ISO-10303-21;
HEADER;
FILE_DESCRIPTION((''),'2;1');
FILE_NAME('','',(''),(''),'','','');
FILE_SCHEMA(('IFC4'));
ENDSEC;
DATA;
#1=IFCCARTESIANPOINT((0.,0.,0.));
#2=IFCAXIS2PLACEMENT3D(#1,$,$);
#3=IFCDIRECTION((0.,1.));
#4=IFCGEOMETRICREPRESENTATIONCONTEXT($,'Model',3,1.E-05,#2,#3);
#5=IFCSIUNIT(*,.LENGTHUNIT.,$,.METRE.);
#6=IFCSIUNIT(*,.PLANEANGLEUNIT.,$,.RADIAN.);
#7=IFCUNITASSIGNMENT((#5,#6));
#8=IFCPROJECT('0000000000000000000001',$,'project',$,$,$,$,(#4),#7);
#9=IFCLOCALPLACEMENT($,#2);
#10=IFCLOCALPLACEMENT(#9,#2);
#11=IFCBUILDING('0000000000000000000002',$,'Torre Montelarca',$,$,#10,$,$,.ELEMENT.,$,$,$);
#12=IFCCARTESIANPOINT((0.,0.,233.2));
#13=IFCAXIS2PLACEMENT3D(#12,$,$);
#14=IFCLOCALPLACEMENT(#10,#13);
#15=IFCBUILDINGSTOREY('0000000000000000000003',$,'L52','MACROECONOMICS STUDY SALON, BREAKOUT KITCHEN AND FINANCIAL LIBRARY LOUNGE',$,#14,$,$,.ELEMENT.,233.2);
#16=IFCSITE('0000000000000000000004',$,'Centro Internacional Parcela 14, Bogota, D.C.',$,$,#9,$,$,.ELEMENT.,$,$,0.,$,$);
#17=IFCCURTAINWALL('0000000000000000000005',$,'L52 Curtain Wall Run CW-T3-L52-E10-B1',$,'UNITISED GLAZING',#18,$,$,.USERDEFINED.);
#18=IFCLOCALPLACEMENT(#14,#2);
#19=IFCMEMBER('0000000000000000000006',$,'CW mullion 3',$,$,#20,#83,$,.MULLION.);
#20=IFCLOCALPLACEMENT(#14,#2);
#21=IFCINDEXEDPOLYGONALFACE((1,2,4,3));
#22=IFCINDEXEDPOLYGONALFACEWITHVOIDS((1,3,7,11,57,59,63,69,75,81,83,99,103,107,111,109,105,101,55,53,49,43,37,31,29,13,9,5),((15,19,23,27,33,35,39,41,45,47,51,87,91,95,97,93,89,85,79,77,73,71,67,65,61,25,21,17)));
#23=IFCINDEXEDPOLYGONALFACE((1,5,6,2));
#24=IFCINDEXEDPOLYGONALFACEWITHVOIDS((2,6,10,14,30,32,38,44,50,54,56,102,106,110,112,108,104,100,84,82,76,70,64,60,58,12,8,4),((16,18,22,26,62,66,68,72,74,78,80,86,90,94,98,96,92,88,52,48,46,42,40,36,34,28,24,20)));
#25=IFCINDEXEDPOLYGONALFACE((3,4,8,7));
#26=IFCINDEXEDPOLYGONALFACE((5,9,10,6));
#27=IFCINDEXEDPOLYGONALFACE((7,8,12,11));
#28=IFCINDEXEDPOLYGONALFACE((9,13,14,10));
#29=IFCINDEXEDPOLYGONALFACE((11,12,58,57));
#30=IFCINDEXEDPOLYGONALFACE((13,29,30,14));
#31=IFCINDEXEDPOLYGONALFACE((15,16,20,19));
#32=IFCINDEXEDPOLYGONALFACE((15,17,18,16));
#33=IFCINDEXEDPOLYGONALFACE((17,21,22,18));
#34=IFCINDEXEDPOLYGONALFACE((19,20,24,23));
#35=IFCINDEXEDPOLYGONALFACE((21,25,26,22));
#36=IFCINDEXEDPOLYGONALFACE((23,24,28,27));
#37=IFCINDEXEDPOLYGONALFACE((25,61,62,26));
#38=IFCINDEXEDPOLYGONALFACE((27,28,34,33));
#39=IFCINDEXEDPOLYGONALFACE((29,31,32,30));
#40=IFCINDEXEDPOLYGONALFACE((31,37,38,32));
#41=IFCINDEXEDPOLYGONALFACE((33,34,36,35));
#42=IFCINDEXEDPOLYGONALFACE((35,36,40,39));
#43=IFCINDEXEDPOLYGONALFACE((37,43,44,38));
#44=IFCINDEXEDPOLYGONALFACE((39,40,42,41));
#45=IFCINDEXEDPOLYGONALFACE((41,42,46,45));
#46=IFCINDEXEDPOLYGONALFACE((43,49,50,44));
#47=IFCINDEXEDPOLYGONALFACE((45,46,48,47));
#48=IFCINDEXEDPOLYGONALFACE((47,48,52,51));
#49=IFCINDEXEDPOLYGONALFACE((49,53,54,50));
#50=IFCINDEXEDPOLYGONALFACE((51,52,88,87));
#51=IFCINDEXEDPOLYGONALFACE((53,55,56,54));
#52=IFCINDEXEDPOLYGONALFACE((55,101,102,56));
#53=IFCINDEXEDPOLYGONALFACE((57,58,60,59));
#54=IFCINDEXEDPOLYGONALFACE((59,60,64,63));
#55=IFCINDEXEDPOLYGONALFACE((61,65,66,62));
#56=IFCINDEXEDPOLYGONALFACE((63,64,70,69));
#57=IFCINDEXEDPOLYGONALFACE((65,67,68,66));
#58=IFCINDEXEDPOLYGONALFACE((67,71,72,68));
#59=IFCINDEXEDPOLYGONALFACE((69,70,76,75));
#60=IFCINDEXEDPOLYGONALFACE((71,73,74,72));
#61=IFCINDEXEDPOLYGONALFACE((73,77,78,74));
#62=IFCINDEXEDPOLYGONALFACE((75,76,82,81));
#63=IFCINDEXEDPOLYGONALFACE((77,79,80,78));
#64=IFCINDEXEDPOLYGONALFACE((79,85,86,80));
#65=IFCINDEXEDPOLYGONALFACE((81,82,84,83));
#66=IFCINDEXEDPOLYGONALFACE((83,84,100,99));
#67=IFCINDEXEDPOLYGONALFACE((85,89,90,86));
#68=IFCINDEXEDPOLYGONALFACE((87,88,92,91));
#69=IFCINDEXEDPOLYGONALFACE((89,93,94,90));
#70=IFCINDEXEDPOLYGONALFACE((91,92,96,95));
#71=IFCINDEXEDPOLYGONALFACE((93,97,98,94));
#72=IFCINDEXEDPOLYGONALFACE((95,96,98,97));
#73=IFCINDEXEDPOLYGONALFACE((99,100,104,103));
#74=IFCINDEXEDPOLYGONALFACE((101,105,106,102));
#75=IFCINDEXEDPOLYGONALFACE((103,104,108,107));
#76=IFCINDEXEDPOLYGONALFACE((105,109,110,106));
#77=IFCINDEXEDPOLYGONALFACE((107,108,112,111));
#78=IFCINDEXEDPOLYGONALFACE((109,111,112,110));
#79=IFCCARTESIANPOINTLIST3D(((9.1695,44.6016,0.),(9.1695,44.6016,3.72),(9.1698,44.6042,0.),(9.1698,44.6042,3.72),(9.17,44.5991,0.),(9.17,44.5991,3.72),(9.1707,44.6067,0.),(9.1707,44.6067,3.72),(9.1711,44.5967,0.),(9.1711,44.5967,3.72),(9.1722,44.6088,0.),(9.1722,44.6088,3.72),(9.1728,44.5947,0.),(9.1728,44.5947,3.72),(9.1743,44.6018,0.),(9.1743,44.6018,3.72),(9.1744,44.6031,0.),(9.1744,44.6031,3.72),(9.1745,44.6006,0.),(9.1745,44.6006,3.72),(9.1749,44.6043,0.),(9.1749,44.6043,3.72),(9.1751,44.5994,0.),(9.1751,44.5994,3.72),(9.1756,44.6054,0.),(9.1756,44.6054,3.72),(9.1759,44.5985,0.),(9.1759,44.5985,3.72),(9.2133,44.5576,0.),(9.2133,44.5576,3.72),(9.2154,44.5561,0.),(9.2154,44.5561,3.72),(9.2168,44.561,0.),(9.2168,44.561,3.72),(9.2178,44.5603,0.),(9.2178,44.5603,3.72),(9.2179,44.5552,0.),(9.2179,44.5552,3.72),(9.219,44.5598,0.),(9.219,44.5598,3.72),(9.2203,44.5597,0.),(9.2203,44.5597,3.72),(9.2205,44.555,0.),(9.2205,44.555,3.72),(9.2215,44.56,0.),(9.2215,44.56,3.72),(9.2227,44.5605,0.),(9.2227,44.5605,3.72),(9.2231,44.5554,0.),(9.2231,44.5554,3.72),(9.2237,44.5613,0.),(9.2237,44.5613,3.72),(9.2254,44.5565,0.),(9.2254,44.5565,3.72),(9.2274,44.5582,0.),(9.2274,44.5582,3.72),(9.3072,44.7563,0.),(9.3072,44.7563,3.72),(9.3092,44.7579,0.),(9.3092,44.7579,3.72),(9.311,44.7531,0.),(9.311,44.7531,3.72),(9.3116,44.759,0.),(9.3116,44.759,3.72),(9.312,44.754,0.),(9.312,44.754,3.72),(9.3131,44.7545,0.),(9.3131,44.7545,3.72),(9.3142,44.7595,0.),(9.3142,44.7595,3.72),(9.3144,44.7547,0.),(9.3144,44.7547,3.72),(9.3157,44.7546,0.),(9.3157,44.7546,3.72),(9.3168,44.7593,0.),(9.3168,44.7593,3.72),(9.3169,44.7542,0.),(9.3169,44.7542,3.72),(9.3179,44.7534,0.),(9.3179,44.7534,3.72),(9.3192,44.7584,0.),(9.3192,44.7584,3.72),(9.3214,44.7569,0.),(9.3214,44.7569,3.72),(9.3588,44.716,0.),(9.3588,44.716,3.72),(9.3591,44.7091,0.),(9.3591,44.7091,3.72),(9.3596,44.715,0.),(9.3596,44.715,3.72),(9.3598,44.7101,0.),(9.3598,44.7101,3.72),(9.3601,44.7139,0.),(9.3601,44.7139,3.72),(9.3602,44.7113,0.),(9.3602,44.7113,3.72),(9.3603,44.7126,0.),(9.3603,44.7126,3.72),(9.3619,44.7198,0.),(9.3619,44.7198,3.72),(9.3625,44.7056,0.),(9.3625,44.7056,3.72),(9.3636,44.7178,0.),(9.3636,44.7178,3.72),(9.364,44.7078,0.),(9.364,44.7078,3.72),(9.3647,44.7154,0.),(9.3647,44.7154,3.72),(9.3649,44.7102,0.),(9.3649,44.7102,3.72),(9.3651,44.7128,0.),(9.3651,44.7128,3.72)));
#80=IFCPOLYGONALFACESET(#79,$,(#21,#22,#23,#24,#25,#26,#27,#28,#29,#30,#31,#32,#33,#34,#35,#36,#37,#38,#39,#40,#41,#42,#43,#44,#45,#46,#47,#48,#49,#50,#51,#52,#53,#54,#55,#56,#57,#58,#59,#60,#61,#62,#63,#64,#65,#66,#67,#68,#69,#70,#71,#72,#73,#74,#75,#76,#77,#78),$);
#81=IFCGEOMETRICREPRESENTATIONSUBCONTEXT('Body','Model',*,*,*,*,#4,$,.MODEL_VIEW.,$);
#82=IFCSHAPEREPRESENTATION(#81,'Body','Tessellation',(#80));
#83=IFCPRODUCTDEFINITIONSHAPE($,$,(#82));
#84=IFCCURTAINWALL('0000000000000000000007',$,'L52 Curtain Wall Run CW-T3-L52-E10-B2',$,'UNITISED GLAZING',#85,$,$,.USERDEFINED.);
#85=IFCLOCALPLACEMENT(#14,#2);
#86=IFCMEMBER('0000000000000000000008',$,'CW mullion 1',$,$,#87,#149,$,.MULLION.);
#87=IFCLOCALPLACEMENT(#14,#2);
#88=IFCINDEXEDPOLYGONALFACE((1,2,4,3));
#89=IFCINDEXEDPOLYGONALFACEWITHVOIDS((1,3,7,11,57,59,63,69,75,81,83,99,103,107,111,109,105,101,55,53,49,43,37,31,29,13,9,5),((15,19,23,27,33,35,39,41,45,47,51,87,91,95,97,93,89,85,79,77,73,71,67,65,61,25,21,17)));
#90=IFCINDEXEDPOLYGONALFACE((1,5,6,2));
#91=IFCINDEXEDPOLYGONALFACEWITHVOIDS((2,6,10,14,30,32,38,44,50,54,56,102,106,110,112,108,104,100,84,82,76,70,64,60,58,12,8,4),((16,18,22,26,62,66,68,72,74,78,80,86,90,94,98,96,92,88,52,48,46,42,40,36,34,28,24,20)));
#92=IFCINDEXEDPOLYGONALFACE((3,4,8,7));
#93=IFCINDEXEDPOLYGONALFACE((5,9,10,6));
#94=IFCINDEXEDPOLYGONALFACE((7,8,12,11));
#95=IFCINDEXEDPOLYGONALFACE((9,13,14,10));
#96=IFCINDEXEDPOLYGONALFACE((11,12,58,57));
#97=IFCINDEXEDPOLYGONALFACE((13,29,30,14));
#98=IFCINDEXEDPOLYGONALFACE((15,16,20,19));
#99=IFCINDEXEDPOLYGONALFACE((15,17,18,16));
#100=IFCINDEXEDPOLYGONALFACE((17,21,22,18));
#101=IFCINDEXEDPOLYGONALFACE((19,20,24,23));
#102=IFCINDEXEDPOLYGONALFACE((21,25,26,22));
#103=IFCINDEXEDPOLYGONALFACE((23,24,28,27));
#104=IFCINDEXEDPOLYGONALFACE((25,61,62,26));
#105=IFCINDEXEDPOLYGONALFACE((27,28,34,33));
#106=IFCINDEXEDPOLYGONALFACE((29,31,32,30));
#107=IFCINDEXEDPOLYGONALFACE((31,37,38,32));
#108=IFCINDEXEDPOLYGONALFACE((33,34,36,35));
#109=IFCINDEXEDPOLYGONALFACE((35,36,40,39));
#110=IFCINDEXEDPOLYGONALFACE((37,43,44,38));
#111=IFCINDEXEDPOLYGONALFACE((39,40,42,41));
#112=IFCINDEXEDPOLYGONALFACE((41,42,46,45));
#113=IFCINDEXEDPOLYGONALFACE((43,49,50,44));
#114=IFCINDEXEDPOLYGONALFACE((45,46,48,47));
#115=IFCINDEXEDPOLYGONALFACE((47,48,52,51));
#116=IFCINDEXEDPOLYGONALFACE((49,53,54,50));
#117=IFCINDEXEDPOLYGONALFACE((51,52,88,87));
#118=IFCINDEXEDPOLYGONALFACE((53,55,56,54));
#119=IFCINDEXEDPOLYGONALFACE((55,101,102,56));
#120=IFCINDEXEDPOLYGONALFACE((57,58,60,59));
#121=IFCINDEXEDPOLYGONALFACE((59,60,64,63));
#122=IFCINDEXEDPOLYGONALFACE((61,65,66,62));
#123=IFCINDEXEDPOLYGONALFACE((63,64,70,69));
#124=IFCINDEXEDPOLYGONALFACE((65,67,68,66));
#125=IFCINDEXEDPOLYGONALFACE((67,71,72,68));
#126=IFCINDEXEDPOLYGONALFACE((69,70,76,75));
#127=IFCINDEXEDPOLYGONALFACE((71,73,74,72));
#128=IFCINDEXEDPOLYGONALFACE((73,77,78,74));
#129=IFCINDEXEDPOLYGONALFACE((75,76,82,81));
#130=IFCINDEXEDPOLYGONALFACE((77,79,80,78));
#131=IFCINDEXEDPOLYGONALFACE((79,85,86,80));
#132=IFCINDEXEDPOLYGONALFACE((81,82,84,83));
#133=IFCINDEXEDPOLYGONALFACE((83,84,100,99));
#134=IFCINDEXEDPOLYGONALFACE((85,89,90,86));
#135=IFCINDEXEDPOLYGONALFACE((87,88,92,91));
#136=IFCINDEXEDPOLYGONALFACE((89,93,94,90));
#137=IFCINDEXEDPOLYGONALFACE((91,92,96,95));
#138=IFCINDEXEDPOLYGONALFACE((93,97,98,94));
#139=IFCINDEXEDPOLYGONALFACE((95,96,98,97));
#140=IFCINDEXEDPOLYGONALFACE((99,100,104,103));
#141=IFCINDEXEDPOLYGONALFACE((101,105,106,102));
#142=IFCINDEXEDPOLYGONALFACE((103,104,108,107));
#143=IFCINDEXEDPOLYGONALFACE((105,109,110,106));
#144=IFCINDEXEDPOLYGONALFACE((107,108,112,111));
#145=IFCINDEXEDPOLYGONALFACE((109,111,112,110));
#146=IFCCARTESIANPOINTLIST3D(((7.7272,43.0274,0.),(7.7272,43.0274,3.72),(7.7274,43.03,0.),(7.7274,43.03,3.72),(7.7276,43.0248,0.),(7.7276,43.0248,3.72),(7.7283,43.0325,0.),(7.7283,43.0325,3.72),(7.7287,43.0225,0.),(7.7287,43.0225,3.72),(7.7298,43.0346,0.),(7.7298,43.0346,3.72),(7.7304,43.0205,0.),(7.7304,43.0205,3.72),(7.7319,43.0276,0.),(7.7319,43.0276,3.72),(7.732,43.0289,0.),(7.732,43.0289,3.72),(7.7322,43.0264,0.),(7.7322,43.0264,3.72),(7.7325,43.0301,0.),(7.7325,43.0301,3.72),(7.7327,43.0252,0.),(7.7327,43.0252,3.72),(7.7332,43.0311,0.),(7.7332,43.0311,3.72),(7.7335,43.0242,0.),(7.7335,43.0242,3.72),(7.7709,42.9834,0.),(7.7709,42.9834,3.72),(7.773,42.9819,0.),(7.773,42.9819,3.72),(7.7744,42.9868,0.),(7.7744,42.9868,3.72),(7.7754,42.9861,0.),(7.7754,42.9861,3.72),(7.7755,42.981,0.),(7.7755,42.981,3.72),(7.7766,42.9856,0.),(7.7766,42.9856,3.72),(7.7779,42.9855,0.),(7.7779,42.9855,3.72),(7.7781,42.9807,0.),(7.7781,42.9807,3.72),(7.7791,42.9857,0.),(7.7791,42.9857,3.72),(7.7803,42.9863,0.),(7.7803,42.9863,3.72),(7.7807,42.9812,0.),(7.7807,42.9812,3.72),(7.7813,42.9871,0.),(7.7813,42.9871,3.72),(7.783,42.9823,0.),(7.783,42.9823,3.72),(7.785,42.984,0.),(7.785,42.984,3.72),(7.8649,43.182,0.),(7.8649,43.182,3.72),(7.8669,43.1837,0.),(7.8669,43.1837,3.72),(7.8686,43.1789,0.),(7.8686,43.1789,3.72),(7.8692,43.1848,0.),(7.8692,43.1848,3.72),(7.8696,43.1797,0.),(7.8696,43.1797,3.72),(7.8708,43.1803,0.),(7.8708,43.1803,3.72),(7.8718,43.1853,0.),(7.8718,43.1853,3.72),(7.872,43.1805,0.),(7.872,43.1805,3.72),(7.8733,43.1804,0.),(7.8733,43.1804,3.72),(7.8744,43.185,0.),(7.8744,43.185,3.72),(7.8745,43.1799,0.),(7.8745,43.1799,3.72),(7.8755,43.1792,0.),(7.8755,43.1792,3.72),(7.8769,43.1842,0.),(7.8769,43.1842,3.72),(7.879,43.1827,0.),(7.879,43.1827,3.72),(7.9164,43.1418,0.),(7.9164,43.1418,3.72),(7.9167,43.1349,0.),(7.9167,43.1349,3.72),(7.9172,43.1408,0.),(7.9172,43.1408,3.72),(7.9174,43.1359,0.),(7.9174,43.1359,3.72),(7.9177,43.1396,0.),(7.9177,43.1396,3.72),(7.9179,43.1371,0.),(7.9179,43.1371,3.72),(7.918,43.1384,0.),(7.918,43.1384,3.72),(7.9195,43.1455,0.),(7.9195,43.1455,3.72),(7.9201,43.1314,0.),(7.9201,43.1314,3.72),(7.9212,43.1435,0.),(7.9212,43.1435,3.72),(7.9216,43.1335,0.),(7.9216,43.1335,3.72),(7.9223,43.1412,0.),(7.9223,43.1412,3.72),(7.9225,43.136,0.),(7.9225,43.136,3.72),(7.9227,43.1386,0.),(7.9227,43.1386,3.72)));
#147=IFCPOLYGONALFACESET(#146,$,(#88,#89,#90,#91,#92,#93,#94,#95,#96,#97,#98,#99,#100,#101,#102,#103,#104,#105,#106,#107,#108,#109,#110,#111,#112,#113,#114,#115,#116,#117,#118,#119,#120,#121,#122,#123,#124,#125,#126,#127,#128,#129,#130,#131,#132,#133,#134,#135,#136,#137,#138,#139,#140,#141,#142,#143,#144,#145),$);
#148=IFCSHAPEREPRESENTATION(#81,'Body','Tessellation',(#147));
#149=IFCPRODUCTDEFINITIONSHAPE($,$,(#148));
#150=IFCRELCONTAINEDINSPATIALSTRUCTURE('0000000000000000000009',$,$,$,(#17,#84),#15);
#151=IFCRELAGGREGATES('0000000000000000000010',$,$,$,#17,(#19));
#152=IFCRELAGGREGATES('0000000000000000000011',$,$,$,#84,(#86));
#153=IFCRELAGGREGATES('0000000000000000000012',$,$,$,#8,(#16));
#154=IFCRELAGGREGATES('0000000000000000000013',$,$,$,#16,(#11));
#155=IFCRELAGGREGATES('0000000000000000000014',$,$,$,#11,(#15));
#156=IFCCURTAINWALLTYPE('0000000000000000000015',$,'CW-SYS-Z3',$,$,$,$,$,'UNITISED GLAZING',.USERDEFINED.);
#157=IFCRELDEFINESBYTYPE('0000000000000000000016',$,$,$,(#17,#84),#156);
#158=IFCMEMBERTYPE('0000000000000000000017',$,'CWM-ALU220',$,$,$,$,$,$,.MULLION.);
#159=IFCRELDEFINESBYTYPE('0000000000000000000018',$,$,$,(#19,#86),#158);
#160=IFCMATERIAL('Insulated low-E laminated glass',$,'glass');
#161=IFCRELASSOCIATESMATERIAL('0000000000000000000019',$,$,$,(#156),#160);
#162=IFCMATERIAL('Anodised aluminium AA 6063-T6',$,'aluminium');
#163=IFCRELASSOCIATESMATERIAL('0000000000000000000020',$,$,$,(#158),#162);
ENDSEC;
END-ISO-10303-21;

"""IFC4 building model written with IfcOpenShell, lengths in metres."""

from ifc_helpers import new_model, si_unit, direction, frame, origin, origin_2d, place, context, subcontext, project, spatial, hollow_rectangle, extrude, source, transform, mapped, material, material_profile, profile_set, type_object, element, aggregate, save


model = new_model("IFC4")

# Units and contexts
model_context = context("Model", 3, precision=1e-05, world=origin(), true_north=direction((0.0, 1.0)))
body_context = subcontext(model_context, "Body", "Model", "MODEL_VIEW")
ifc_project = project(units=[si_unit("LENGTHUNIT", "METRE"), si_unit("PLANEANGLEUNIT", "RADIAN")], contexts=[model_context])

# Site, building, storey
site_placement = place(None, origin())
site = spatial("IfcSite", under=ifc_project, at=site_placement, Name="Centro Internacional Parcela 14, Bogota, D.C.", CompositionType="ELEMENT", RefElevation=0.0)
building_placement = place(site_placement, origin())
building = spatial("IfcBuilding", under=site, at=building_placement, Name="Torre Montelarca", CompositionType="ELEMENT")
storey_placement = place(building_placement, frame((0.0, 0.0, 233.2)))
storey = spatial("IfcBuildingStorey", under=building, at=storey_placement, Name="L52", Description="MACROECONOMICS STUDY SALON, BREAKOUT KITCHEN AND FINANCIAL LIBRARY LOUNGE", CompositionType="ELEMENT", Elevation=233.2)

# Shared definitions
ifc_material_1 = material(Name="Insulated low-E laminated glass", Category="glass")
curtain_wall_type = type_object("IfcCurtainWallType", Name="CW-SYS-Z3", ElementType="UNITISED GLAZING", PredefinedType="USERDEFINED", material=ifc_material_1)
ifc_material_2 = material(Name="Anodised aluminium AA 6063-T6", Category="aluminium")
ifc_material_profile_1 = material_profile(ifc_material_2, hollow_rectangle(XDim=0.075, YDim=0.22, WallThickness=0.0049, InnerFilletRadius=0.0049, OuterFilletRadius=0.01, at=origin_2d()), Name="ALU75X220X5", Category="aluminium")
ifc_profile_set_1 = profile_set([ifc_material_profile_1], Name="Anodised aluminium AA 6063-T6")
member_type_1 = type_object("IfcMemberType", Name="CWM-ALU220", PredefinedType="MULLION", material=ifc_profile_set_1)
shared_shape_1 = source(origin(), body_context, "Body", "SweptSolid", [
    extrude(hollow_rectangle(XDim=0.075, YDim=0.22, WallThickness=0.0049, InnerFilletRadius=0.0049, OuterFilletRadius=0.01, at=origin_2d()), origin(), (0.0, 0.0, 1.0), 3.72),
])

# Curtain walls, members
curtain_wall_1_placement = place(storey_placement, origin())
curtain_wall_1 = element("IfcCurtainWall", 1, at=curtain_wall_1_placement, inside=storey, type_object=curtain_wall_type, Name="L52 Curtain Wall Run CW-T3-L52-E10-B1", ObjectType="UNITISED GLAZING", PredefinedType="USERDEFINED")
member_1_placement = place(storey_placement, frame((9.2673, 44.6572, 0.0), z_axis=(0.0, 0.0, 1.0), x_axis=(0.737276, -0.675592, 0.0)))
member_1 = element("IfcMember", 2, at=member_1_placement, type_object=member_type_1, Name="CW mullion 3", PredefinedType="MULLION", context=body_context, shape_type="MappedRepresentation", body=[
    mapped(shared_shape_1, transform((0.0, 0.0, 0.0), scale=1.0)),
])
curtain_wall_2_placement = place(storey_placement, origin())
curtain_wall_2 = element("IfcCurtainWall", 3, at=curtain_wall_2_placement, inside=storey, type_object=curtain_wall_type, Name="L52 Curtain Wall Run CW-T3-L52-E10-B2", ObjectType="UNITISED GLAZING", PredefinedType="USERDEFINED")
member_2_placement = place(storey_placement, frame((7.825, 43.083, 0.0), z_axis=(0.0, 0.0, 1.0), x_axis=(0.737271, -0.675597, 0.0)))
member_2 = element("IfcMember", 4, at=member_2_placement, type_object=member_type_1, Name="CW mullion 1", PredefinedType="MULLION", context=body_context, shape_type="MappedRepresentation", body=[
    mapped(shared_shape_1, transform((0.0, 0.0, 0.0), scale=1.0)),
])

aggregate(curtain_wall_1, [member_1])
aggregate(curtain_wall_2, [member_2])

save(model, "model.ifc")
